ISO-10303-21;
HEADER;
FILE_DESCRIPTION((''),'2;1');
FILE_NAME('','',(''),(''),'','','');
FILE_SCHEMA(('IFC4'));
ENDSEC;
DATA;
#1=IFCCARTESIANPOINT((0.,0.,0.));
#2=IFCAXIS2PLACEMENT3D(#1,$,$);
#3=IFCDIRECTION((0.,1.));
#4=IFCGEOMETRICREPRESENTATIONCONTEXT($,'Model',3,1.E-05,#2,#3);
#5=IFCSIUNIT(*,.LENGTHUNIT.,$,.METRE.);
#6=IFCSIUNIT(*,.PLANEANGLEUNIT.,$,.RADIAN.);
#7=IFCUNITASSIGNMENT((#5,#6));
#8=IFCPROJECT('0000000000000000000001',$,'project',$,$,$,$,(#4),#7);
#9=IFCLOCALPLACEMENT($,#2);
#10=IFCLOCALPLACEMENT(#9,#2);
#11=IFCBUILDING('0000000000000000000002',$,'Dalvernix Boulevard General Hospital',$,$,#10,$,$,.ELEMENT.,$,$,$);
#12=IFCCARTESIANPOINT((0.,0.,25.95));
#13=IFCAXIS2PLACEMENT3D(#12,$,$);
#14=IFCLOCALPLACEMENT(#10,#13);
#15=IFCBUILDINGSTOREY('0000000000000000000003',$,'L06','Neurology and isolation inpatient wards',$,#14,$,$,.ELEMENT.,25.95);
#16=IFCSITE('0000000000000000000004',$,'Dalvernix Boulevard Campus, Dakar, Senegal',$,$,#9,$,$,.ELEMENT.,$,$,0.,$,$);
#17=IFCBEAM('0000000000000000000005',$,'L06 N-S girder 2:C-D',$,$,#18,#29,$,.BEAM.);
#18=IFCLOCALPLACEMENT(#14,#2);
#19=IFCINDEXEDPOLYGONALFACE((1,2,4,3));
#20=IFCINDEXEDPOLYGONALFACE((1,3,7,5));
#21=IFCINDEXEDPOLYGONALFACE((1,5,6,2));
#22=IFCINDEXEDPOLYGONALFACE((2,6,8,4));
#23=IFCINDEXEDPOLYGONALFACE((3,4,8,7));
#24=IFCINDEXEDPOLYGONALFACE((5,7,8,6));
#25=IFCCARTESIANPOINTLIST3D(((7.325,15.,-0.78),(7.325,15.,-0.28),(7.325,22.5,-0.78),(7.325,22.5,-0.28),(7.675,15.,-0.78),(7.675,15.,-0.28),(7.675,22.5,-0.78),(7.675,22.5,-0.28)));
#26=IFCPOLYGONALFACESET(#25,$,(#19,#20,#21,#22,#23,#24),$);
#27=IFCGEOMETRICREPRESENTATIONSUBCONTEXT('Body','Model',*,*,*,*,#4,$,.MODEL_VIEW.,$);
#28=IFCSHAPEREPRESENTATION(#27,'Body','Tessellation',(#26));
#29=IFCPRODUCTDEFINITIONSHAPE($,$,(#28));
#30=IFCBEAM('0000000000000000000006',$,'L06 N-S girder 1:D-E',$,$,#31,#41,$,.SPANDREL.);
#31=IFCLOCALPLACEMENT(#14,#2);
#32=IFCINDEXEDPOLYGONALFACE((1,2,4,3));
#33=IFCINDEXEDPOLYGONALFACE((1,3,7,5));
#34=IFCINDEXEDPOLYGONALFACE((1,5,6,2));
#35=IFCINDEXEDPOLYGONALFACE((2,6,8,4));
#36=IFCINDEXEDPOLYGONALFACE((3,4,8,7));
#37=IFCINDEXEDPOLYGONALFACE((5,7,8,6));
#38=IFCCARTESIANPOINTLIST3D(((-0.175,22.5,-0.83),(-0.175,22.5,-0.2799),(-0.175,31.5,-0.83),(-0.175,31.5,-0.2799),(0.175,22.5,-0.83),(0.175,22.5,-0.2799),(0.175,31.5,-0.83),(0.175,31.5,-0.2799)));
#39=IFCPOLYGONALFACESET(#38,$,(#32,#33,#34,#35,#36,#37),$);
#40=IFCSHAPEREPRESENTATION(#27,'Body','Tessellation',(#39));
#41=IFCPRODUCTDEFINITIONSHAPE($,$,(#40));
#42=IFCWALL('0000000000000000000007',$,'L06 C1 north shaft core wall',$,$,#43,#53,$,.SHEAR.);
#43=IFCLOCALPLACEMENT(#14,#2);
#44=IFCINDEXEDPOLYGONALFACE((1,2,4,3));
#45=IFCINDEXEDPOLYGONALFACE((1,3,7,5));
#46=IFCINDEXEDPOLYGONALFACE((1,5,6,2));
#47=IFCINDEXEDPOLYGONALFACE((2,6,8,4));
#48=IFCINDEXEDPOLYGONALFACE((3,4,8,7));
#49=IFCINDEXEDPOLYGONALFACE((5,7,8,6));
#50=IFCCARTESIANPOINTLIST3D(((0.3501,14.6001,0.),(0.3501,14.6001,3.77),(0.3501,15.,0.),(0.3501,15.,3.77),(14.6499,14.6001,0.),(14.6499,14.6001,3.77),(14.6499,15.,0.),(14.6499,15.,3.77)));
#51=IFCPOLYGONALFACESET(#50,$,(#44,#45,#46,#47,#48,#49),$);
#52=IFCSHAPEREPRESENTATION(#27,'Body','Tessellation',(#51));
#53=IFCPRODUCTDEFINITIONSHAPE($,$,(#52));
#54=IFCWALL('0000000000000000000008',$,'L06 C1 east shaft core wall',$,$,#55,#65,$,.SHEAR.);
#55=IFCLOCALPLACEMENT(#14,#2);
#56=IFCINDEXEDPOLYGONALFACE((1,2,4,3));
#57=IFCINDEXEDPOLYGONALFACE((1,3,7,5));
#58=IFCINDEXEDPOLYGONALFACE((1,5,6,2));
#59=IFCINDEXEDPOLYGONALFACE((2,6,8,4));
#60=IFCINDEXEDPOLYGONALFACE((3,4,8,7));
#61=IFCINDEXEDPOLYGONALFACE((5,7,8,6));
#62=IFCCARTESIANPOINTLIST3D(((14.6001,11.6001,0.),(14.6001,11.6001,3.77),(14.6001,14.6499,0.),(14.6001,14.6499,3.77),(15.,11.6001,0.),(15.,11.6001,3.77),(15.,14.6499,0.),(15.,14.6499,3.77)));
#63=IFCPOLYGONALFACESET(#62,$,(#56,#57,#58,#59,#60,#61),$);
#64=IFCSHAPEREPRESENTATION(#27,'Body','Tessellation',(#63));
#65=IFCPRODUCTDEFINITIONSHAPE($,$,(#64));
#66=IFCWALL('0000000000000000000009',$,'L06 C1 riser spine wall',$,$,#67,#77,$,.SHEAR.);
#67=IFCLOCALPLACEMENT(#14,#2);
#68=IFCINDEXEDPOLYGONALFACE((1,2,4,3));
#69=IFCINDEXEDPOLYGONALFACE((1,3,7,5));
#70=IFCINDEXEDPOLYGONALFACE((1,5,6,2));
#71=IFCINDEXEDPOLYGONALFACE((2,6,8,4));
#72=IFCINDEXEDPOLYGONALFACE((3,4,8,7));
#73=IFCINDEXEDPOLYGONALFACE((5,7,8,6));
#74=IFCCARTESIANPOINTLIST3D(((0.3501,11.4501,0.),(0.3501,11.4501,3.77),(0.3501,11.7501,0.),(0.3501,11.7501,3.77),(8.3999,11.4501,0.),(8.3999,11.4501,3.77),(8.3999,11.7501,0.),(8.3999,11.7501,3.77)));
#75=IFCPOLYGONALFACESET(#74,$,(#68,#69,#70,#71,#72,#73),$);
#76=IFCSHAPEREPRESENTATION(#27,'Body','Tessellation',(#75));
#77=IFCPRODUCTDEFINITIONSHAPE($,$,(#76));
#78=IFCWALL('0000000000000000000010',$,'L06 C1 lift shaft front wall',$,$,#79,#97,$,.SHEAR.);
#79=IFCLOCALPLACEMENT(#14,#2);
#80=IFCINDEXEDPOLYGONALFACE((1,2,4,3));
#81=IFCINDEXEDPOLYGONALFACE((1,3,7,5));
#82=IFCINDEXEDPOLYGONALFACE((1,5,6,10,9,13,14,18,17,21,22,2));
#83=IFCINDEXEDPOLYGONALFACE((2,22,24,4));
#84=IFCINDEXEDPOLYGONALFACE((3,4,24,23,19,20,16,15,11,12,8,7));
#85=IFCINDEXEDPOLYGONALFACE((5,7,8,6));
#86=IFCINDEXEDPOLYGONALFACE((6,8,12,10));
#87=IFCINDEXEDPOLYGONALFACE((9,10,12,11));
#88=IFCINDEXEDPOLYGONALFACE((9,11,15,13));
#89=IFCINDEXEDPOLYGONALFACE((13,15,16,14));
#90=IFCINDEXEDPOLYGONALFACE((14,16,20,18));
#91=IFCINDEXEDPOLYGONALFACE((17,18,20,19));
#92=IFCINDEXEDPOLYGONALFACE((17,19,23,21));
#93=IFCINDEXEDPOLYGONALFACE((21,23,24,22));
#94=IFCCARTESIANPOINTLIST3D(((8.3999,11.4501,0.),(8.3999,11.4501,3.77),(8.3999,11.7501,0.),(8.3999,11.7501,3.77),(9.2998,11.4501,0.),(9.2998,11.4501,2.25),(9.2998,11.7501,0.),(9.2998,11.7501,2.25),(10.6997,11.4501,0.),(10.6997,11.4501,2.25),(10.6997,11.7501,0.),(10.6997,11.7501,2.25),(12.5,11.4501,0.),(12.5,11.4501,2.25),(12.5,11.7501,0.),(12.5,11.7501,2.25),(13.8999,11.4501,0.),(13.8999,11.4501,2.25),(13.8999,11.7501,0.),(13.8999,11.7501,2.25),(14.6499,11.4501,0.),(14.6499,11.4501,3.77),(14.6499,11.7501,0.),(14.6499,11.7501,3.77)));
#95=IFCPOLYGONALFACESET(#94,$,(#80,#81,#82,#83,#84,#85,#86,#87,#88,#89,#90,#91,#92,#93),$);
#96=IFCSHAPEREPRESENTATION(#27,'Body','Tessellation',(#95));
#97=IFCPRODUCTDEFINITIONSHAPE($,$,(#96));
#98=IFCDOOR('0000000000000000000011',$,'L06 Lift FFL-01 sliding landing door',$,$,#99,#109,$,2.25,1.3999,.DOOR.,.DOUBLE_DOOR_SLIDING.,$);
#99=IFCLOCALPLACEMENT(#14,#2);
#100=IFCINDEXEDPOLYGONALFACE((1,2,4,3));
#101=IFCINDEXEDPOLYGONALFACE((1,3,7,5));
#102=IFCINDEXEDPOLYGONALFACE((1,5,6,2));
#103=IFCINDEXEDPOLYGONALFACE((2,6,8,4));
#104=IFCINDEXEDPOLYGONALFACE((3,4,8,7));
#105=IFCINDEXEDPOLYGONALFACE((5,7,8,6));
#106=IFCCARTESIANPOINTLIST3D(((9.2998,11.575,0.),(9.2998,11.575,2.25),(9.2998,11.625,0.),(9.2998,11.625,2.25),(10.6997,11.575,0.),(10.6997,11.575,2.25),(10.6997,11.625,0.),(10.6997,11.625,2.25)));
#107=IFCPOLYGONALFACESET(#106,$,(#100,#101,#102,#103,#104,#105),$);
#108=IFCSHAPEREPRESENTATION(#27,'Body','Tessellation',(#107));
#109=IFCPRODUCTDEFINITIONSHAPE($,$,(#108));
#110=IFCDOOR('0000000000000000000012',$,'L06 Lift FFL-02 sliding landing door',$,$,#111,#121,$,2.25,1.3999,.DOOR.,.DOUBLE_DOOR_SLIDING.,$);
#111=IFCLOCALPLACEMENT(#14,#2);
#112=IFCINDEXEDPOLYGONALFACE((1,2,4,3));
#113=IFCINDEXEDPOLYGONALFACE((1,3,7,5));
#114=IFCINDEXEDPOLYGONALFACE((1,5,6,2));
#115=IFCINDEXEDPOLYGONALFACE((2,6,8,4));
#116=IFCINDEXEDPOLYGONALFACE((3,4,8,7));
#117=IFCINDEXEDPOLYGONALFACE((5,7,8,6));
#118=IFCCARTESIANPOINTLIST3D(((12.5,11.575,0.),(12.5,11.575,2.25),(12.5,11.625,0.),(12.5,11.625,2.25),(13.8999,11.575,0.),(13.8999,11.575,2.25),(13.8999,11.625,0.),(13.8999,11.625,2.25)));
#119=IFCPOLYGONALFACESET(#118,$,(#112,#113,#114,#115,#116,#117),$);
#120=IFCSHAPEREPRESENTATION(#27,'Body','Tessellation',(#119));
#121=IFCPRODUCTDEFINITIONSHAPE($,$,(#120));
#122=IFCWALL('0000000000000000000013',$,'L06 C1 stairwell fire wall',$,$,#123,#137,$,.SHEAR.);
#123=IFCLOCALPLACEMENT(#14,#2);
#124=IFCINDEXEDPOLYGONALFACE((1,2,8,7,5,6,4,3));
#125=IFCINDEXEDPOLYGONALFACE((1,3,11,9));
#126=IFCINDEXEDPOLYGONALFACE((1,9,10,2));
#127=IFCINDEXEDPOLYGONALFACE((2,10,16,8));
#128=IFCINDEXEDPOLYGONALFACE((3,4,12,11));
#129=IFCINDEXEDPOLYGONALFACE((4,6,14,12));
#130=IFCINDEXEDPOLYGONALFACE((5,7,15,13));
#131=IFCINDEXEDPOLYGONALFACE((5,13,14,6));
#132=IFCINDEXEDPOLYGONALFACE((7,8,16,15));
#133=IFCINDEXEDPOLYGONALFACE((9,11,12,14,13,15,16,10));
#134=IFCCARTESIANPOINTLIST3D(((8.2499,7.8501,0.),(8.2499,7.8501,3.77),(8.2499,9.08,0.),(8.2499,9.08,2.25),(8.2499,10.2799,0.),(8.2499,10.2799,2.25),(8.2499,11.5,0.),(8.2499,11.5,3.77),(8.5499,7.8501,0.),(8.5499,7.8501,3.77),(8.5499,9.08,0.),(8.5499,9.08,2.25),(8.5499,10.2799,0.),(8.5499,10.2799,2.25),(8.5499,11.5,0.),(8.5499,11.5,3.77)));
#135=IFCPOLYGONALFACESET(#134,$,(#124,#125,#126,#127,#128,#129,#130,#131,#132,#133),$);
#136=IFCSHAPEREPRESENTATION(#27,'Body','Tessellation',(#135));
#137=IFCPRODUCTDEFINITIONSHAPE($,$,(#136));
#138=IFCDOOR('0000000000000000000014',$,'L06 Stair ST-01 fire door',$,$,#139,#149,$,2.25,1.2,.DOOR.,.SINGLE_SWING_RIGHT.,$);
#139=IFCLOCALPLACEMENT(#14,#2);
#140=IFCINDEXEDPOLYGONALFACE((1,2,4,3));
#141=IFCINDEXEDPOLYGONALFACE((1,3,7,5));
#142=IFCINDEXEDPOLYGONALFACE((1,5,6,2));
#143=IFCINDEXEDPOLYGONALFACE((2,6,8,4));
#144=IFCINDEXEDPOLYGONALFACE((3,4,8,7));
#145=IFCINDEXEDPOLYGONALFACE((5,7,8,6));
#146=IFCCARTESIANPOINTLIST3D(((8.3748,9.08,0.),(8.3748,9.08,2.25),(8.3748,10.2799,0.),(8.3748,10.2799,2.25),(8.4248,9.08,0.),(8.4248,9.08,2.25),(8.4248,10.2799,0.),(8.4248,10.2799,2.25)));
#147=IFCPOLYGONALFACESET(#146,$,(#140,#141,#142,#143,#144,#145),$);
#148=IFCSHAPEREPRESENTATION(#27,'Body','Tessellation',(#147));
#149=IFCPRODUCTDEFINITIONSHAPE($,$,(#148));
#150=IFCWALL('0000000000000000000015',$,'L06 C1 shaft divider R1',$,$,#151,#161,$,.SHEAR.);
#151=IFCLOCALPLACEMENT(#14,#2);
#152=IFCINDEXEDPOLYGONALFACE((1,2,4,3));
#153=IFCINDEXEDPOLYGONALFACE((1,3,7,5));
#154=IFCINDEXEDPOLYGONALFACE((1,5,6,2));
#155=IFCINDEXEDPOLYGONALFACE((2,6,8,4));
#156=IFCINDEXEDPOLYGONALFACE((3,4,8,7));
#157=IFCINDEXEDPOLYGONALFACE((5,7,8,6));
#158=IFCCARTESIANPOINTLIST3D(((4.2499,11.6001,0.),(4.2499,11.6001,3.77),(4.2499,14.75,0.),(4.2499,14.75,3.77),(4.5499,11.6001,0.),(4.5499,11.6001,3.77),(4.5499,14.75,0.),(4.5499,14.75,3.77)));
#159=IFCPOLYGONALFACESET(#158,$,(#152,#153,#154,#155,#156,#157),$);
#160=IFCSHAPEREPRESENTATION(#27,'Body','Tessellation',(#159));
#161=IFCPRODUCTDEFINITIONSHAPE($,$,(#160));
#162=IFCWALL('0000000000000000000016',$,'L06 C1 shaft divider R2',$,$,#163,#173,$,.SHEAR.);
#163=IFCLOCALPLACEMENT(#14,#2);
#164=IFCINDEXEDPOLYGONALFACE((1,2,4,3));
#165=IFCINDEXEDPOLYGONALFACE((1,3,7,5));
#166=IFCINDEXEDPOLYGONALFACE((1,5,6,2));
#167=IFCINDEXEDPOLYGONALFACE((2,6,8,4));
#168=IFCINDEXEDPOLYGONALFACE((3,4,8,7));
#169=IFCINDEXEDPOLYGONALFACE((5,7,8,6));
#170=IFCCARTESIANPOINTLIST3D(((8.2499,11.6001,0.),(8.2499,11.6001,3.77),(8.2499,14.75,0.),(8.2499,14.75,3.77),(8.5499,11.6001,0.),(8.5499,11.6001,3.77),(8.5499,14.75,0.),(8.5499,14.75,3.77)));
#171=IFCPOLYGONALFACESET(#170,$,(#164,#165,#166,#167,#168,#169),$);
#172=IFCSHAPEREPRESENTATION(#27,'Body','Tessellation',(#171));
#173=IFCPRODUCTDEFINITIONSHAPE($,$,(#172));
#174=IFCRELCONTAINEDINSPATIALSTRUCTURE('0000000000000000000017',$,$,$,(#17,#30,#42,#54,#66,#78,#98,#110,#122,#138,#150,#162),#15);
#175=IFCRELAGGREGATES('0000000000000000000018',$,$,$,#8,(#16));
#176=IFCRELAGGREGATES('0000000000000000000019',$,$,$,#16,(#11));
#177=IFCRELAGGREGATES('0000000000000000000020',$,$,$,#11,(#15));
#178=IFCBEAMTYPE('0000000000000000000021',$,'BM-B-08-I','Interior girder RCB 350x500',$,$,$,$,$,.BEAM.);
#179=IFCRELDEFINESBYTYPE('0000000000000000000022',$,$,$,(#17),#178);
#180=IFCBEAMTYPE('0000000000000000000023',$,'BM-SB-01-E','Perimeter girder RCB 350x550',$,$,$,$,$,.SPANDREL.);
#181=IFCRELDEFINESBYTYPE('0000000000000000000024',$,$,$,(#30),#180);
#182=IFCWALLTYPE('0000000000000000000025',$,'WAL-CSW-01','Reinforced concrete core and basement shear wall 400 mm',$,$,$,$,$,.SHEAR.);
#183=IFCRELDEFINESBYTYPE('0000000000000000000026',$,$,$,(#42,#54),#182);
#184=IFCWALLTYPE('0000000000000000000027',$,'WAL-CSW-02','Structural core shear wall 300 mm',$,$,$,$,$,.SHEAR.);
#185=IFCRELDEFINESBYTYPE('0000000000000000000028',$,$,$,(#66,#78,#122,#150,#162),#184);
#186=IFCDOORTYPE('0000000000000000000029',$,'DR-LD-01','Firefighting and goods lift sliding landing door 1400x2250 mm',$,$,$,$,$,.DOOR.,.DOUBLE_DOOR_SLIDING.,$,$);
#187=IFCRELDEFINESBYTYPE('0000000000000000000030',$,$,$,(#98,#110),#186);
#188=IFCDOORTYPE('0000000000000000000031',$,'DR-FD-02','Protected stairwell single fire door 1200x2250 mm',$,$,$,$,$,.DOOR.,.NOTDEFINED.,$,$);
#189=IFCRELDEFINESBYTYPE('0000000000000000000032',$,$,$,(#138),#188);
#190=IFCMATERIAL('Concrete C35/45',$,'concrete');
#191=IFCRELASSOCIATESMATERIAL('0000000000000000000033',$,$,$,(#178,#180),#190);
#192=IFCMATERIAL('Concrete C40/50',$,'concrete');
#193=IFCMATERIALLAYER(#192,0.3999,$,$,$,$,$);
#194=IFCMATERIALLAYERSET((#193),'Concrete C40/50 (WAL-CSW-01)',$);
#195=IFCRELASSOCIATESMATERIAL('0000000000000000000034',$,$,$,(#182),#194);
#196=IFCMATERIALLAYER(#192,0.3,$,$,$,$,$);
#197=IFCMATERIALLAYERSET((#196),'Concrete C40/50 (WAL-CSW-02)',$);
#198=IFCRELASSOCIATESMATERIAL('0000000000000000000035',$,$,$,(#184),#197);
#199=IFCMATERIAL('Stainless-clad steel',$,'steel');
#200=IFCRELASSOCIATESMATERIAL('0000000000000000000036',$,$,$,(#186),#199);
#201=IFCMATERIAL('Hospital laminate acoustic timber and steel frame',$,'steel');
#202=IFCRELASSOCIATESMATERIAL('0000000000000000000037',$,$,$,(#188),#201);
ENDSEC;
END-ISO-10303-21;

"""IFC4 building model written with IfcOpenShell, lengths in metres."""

from ifc_helpers import new_model, si_unit, direction, frame, frame_2d, origin, origin_2d, place, context, subcontext, project, spatial, rectangle, extrude, material, layer, layer_set, material_profile, profile_set, type_object, element, fill, save


model = new_model("IFC4")

# Units and contexts
model_context = context("Model", 3, precision=1e-05, world=origin(), true_north=direction((0.0, 1.0)))
body_context = subcontext(model_context, "Body", "Model", "MODEL_VIEW")
ifc_project = project(units=[si_unit("LENGTHUNIT", "METRE"), si_unit("PLANEANGLEUNIT", "RADIAN")], contexts=[model_context])

# Site, building, storey
site_placement = place(None, origin())
site = spatial("IfcSite", under=ifc_project, at=site_placement, Name="Dalvernix Boulevard Campus, Dakar, Senegal", CompositionType="ELEMENT", RefElevation=0.0)
building_placement = place(site_placement, origin())
building = spatial("IfcBuilding", under=site, at=building_placement, Name="Dalvernix Boulevard General Hospital", CompositionType="ELEMENT")
storey_placement = place(building_placement, frame((0.0, 0.0, 25.95)))
storey = spatial("IfcBuildingStorey", under=building, at=storey_placement, Name="L06", Description="Neurology and isolation inpatient wards", CompositionType="ELEMENT", Elevation=25.95)

# Shared definitions
ifc_material_1 = material(Name="Concrete C40/50", Category="concrete")

# Beams
ifc_material_2 = material(Name="Concrete C35/45", Category="concrete")
ifc_material_profile_1 = material_profile(ifc_material_2, rectangle(XDim=0.3501, YDim=0.5, at=origin_2d()), Name="RCB 350x500")
ifc_profile_set_1 = profile_set([ifc_material_profile_1], Name="Concrete C35/45")
beam_type_1 = type_object("IfcBeamType", Name="BM-B-08-I", Description="Interior girder RCB 350x500", PredefinedType="BEAM", material=ifc_profile_set_1)
beam_1_placement = place(storey_placement, frame((7.5, 15.0, -0.53), z_axis=(0.0, 1.0, 0.0), x_axis=(-1.0, 0.0, 0.0)))
element("IfcBeam", 1, at=beam_1_placement, inside=storey, type_object=beam_type_1, Name="L06 N-S girder 2:C-D", PredefinedType="BEAM", context=body_context, shape_type="SweptSolid", body=[
    extrude(rectangle(XDim=0.3501, YDim=0.5, at=origin_2d()), origin(), (0.0, 0.0, 1.0), 7.5),
])
ifc_material_profile_2 = material_profile(ifc_material_2, rectangle(XDim=0.3501, YDim=0.55, at=origin_2d()), Name="RCB 350x550")
ifc_profile_set_2 = profile_set([ifc_material_profile_2], Name="Concrete C35/45")
beam_type_2 = type_object("IfcBeamType", Name="BM-SB-01-E", Description="Perimeter girder RCB 350x550", PredefinedType="SPANDREL", material=ifc_profile_set_2)
beam_2_placement = place(storey_placement, frame((0.0, 22.5, -0.5549), z_axis=(0.0, 1.0, 0.0), x_axis=(-1.0, 0.0, 0.0)))
element("IfcBeam", 2, at=beam_2_placement, inside=storey, type_object=beam_type_2, Name="L06 N-S girder 1:D-E", PredefinedType="SPANDREL", context=body_context, shape_type="SweptSolid", body=[
    extrude(rectangle(XDim=0.3501, YDim=0.55, at=origin_2d()), origin(), (0.0, 0.0, 1.0), 9.0),
])

# Walls
ifc_layer_1 = layer(ifc_material_1, 0.3999)
ifc_layer_set_1 = layer_set([ifc_layer_1], Name="Concrete C40/50 (WAL-CSW-01)")
wall_type_1 = type_object("IfcWallType", Name="WAL-CSW-01", Description="Reinforced concrete core and basement shear wall 400 mm", PredefinedType="SHEAR", material=ifc_layer_set_1)
wall_1_placement = place(storey_placement, frame((0.3501, 14.8, 0.0), z_axis=(0.0, 0.0, 1.0), x_axis=(1.0, 0.0, 0.0)))
element("IfcWall", 3, at=wall_1_placement, inside=storey, type_object=wall_type_1, Name="L06 C1 north shaft core wall", PredefinedType="SHEAR", context=body_context, shape_type="SweptSolid", body=[
    extrude(rectangle(XDim=14.2998, YDim=0.3999, at=frame_2d((7.1499, 0.0))), origin(), (0.0, 0.0, 1.0), 3.77),
])
wall_2_placement = place(storey_placement, frame((14.8, 11.6001, 0.0), z_axis=(0.0, 0.0, 1.0), x_axis=(0.0, 1.0, 0.0)))
element("IfcWall", 4, at=wall_2_placement, inside=storey, type_object=wall_type_1, Name="L06 C1 east shaft core wall", PredefinedType="SHEAR", context=body_context, shape_type="SweptSolid", body=[
    extrude(rectangle(XDim=3.0498, YDim=0.3999, at=frame_2d((1.5249, 0.0))), origin(), (0.0, 0.0, 1.0), 3.77),
])
ifc_layer_2 = layer(ifc_material_1, 0.3)
ifc_layer_set_2 = layer_set([ifc_layer_2], Name="Concrete C40/50 (WAL-CSW-02)")
wall_type_2 = type_object("IfcWallType", Name="WAL-CSW-02", Description="Structural core shear wall 300 mm", PredefinedType="SHEAR", material=ifc_layer_set_2)
wall_3_placement = place(storey_placement, frame((0.3501, 11.6001, 0.0), z_axis=(0.0, 0.0, 1.0), x_axis=(1.0, 0.0, 0.0)))
element("IfcWall", 5, at=wall_3_placement, inside=storey, type_object=wall_type_2, Name="L06 C1 riser spine wall", PredefinedType="SHEAR", context=body_context, shape_type="SweptSolid", body=[
    extrude(rectangle(XDim=8.0498, YDim=0.3, at=frame_2d((4.0249, 0.0))), origin(), (0.0, 0.0, 1.0), 3.77),
])

# Wall, openings, doors
wall_4_placement = place(storey_placement, frame((8.3999, 11.6001, 0.0), z_axis=(0.0, 0.0, 1.0), x_axis=(1.0, 0.0, 0.0)))
wall_4 = element("IfcWall", 6, at=wall_4_placement, inside=storey, type_object=wall_type_2, Name="L06 C1 lift shaft front wall", PredefinedType="SHEAR", context=body_context, shape_type="SweptSolid", body=[
    extrude(rectangle(XDim=6.25, YDim=0.3, at=frame_2d((3.125, 0.0))), origin(), (0.0, 0.0, 1.0), 3.77),
])
opening_1_placement = place(wall_4_placement, frame((0.8999, 0.0, 0.0)))
opening_1 = element("IfcOpeningElement", 7, at=opening_1_placement, cuts=wall_4, PredefinedType="OPENING", context=body_context, shape_type="SweptSolid", body=[
    extrude(rectangle(XDim=1.3999, YDim=2.25, at=frame_2d((0.7, 1.125))), frame((0.0, 0.1599, 0.0), z_axis=(0.0, -1.0, 0.0), x_axis=(1.0, 0.0, 0.0)), (0.0, 0.0, 1.0), 0.3201),
])
opening_2_placement = place(wall_4_placement, frame((4.1001, 0.0, 0.0)))
opening_2 = element("IfcOpeningElement", 8, at=opening_2_placement, cuts=wall_4, PredefinedType="OPENING", context=body_context, shape_type="SweptSolid", body=[
    extrude(rectangle(XDim=1.3999, YDim=2.25, at=frame_2d((0.7, 1.125))), frame((0.0, 0.1599, 0.0), z_axis=(0.0, -1.0, 0.0), x_axis=(1.0, 0.0, 0.0)), (0.0, 0.0, 1.0), 0.3201),
])
ifc_material_3 = material(Name="Stainless-clad steel", Category="steel")
door_type_1 = type_object("IfcDoorType", Name="DR-LD-01", Description="Firefighting and goods lift sliding landing door 1400x2250 mm", OperationType="DOUBLE_DOOR_SLIDING", PredefinedType="DOOR", material=ifc_material_3)
door_1_placement = place(opening_1_placement, origin())
door_1 = element("IfcDoor", 9, at=door_1_placement, inside=storey, type_object=door_type_1, Name="L06 Lift FFL-01 sliding landing door", OperationType="DOUBLE_DOOR_SLIDING", OverallHeight=2.25, OverallWidth=1.3999, PredefinedType="DOOR", context=body_context, shape_type="SweptSolid", body=[
    extrude(rectangle(XDim=1.3999, YDim=2.25, at=frame_2d((0.7, 1.125))), frame((0.0, 0.0249, 0.0), z_axis=(0.0, -1.0, 0.0), x_axis=(1.0, 0.0, 0.0)), (0.0, 0.0, 1.0), 0.05),
])
fill(opening_1, door_1)
door_2_placement = place(opening_2_placement, origin())
door_2 = element("IfcDoor", 10, at=door_2_placement, inside=storey, type_object=door_type_1, Name="L06 Lift FFL-02 sliding landing door", OperationType="DOUBLE_DOOR_SLIDING", OverallHeight=2.25, OverallWidth=1.3999, PredefinedType="DOOR", context=body_context, shape_type="SweptSolid", body=[
    extrude(rectangle(XDim=1.3999, YDim=2.25, at=frame_2d((0.7, 1.125))), frame((0.0, 0.0249, 0.0), z_axis=(0.0, -1.0, 0.0), x_axis=(1.0, 0.0, 0.0)), (0.0, 0.0, 1.0), 0.05),
])
fill(opening_2, door_2)

# Wall, opening, door
wall_5_placement = place(storey_placement, frame((8.3999, 11.5, 0.0), z_axis=(0.0, 0.0, 1.0), x_axis=(0.0, -1.0, 0.0)))
wall_5 = element("IfcWall", 11, at=wall_5_placement, inside=storey, type_object=wall_type_2, Name="L06 C1 stairwell fire wall", PredefinedType="SHEAR", context=body_context, shape_type="SweptSolid", body=[
    extrude(rectangle(XDim=3.6499, YDim=0.3, at=frame_2d((1.825, 0.0))), origin(), (0.0, 0.0, 1.0), 3.77),
])
opening_3_placement = place(wall_5_placement, frame((1.22, 0.0, 0.0)))
opening_3 = element("IfcOpeningElement", 12, at=opening_3_placement, cuts=wall_5, PredefinedType="OPENING", context=body_context, shape_type="SweptSolid", body=[
    extrude(rectangle(XDim=1.2, YDim=2.25, at=frame_2d((0.6001, 1.125))), frame((0.0, 0.1599, 0.0), z_axis=(0.0, -1.0, 0.0), x_axis=(1.0, 0.0, 0.0)), (0.0, 0.0, 1.0), 0.3201),
])
ifc_material_4 = material(Name="Hospital laminate acoustic timber and steel frame", Category="steel")
door_type_2 = type_object("IfcDoorType", Name="DR-FD-02", Description="Protected stairwell single fire door 1200x2250 mm", OperationType="NOTDEFINED", PredefinedType="DOOR", material=ifc_material_4)
door_3_placement = place(opening_3_placement, origin())
door_3 = element("IfcDoor", 13, at=door_3_placement, inside=storey, type_object=door_type_2, Name="L06 Stair ST-01 fire door", OperationType="SINGLE_SWING_RIGHT", OverallHeight=2.25, OverallWidth=1.2, PredefinedType="DOOR", context=body_context, shape_type="SweptSolid", body=[
    extrude(rectangle(XDim=1.2, YDim=2.25, at=frame_2d((0.6001, 1.125))), frame((0.0, 0.0249, 0.0), z_axis=(0.0, -1.0, 0.0), x_axis=(1.0, 0.0, 0.0)), (0.0, 0.0, 1.0), 0.05),
])
fill(opening_3, door_3)

# Walls
for number, where, z_axis, x_axis, name in (
    (14, (4.3999, 11.6001, 0.0), (0.0, 0.0, 1.0), (0.0, 1.0, 0.0), "L06 C1 shaft divider R1"),
    (15, (8.3999, 11.6001, 0.0), (0.0, 0.0, 1.0), (0.0, 1.0, 0.0), "L06 C1 shaft divider R2"),
):
    element("IfcWall", number, at=place(storey_placement, frame(where, z_axis=z_axis, x_axis=x_axis)), inside=storey, type_object=wall_type_2, Name=name, PredefinedType="SHEAR", context=body_context, shape_type="SweptSolid", body=[
        extrude(rectangle(XDim=3.1499, YDim=0.3, at=frame_2d((1.575, 0.0))), origin(), (0.0, 0.0, 1.0), 3.77),
    ])

save(model, "model.ifc")
